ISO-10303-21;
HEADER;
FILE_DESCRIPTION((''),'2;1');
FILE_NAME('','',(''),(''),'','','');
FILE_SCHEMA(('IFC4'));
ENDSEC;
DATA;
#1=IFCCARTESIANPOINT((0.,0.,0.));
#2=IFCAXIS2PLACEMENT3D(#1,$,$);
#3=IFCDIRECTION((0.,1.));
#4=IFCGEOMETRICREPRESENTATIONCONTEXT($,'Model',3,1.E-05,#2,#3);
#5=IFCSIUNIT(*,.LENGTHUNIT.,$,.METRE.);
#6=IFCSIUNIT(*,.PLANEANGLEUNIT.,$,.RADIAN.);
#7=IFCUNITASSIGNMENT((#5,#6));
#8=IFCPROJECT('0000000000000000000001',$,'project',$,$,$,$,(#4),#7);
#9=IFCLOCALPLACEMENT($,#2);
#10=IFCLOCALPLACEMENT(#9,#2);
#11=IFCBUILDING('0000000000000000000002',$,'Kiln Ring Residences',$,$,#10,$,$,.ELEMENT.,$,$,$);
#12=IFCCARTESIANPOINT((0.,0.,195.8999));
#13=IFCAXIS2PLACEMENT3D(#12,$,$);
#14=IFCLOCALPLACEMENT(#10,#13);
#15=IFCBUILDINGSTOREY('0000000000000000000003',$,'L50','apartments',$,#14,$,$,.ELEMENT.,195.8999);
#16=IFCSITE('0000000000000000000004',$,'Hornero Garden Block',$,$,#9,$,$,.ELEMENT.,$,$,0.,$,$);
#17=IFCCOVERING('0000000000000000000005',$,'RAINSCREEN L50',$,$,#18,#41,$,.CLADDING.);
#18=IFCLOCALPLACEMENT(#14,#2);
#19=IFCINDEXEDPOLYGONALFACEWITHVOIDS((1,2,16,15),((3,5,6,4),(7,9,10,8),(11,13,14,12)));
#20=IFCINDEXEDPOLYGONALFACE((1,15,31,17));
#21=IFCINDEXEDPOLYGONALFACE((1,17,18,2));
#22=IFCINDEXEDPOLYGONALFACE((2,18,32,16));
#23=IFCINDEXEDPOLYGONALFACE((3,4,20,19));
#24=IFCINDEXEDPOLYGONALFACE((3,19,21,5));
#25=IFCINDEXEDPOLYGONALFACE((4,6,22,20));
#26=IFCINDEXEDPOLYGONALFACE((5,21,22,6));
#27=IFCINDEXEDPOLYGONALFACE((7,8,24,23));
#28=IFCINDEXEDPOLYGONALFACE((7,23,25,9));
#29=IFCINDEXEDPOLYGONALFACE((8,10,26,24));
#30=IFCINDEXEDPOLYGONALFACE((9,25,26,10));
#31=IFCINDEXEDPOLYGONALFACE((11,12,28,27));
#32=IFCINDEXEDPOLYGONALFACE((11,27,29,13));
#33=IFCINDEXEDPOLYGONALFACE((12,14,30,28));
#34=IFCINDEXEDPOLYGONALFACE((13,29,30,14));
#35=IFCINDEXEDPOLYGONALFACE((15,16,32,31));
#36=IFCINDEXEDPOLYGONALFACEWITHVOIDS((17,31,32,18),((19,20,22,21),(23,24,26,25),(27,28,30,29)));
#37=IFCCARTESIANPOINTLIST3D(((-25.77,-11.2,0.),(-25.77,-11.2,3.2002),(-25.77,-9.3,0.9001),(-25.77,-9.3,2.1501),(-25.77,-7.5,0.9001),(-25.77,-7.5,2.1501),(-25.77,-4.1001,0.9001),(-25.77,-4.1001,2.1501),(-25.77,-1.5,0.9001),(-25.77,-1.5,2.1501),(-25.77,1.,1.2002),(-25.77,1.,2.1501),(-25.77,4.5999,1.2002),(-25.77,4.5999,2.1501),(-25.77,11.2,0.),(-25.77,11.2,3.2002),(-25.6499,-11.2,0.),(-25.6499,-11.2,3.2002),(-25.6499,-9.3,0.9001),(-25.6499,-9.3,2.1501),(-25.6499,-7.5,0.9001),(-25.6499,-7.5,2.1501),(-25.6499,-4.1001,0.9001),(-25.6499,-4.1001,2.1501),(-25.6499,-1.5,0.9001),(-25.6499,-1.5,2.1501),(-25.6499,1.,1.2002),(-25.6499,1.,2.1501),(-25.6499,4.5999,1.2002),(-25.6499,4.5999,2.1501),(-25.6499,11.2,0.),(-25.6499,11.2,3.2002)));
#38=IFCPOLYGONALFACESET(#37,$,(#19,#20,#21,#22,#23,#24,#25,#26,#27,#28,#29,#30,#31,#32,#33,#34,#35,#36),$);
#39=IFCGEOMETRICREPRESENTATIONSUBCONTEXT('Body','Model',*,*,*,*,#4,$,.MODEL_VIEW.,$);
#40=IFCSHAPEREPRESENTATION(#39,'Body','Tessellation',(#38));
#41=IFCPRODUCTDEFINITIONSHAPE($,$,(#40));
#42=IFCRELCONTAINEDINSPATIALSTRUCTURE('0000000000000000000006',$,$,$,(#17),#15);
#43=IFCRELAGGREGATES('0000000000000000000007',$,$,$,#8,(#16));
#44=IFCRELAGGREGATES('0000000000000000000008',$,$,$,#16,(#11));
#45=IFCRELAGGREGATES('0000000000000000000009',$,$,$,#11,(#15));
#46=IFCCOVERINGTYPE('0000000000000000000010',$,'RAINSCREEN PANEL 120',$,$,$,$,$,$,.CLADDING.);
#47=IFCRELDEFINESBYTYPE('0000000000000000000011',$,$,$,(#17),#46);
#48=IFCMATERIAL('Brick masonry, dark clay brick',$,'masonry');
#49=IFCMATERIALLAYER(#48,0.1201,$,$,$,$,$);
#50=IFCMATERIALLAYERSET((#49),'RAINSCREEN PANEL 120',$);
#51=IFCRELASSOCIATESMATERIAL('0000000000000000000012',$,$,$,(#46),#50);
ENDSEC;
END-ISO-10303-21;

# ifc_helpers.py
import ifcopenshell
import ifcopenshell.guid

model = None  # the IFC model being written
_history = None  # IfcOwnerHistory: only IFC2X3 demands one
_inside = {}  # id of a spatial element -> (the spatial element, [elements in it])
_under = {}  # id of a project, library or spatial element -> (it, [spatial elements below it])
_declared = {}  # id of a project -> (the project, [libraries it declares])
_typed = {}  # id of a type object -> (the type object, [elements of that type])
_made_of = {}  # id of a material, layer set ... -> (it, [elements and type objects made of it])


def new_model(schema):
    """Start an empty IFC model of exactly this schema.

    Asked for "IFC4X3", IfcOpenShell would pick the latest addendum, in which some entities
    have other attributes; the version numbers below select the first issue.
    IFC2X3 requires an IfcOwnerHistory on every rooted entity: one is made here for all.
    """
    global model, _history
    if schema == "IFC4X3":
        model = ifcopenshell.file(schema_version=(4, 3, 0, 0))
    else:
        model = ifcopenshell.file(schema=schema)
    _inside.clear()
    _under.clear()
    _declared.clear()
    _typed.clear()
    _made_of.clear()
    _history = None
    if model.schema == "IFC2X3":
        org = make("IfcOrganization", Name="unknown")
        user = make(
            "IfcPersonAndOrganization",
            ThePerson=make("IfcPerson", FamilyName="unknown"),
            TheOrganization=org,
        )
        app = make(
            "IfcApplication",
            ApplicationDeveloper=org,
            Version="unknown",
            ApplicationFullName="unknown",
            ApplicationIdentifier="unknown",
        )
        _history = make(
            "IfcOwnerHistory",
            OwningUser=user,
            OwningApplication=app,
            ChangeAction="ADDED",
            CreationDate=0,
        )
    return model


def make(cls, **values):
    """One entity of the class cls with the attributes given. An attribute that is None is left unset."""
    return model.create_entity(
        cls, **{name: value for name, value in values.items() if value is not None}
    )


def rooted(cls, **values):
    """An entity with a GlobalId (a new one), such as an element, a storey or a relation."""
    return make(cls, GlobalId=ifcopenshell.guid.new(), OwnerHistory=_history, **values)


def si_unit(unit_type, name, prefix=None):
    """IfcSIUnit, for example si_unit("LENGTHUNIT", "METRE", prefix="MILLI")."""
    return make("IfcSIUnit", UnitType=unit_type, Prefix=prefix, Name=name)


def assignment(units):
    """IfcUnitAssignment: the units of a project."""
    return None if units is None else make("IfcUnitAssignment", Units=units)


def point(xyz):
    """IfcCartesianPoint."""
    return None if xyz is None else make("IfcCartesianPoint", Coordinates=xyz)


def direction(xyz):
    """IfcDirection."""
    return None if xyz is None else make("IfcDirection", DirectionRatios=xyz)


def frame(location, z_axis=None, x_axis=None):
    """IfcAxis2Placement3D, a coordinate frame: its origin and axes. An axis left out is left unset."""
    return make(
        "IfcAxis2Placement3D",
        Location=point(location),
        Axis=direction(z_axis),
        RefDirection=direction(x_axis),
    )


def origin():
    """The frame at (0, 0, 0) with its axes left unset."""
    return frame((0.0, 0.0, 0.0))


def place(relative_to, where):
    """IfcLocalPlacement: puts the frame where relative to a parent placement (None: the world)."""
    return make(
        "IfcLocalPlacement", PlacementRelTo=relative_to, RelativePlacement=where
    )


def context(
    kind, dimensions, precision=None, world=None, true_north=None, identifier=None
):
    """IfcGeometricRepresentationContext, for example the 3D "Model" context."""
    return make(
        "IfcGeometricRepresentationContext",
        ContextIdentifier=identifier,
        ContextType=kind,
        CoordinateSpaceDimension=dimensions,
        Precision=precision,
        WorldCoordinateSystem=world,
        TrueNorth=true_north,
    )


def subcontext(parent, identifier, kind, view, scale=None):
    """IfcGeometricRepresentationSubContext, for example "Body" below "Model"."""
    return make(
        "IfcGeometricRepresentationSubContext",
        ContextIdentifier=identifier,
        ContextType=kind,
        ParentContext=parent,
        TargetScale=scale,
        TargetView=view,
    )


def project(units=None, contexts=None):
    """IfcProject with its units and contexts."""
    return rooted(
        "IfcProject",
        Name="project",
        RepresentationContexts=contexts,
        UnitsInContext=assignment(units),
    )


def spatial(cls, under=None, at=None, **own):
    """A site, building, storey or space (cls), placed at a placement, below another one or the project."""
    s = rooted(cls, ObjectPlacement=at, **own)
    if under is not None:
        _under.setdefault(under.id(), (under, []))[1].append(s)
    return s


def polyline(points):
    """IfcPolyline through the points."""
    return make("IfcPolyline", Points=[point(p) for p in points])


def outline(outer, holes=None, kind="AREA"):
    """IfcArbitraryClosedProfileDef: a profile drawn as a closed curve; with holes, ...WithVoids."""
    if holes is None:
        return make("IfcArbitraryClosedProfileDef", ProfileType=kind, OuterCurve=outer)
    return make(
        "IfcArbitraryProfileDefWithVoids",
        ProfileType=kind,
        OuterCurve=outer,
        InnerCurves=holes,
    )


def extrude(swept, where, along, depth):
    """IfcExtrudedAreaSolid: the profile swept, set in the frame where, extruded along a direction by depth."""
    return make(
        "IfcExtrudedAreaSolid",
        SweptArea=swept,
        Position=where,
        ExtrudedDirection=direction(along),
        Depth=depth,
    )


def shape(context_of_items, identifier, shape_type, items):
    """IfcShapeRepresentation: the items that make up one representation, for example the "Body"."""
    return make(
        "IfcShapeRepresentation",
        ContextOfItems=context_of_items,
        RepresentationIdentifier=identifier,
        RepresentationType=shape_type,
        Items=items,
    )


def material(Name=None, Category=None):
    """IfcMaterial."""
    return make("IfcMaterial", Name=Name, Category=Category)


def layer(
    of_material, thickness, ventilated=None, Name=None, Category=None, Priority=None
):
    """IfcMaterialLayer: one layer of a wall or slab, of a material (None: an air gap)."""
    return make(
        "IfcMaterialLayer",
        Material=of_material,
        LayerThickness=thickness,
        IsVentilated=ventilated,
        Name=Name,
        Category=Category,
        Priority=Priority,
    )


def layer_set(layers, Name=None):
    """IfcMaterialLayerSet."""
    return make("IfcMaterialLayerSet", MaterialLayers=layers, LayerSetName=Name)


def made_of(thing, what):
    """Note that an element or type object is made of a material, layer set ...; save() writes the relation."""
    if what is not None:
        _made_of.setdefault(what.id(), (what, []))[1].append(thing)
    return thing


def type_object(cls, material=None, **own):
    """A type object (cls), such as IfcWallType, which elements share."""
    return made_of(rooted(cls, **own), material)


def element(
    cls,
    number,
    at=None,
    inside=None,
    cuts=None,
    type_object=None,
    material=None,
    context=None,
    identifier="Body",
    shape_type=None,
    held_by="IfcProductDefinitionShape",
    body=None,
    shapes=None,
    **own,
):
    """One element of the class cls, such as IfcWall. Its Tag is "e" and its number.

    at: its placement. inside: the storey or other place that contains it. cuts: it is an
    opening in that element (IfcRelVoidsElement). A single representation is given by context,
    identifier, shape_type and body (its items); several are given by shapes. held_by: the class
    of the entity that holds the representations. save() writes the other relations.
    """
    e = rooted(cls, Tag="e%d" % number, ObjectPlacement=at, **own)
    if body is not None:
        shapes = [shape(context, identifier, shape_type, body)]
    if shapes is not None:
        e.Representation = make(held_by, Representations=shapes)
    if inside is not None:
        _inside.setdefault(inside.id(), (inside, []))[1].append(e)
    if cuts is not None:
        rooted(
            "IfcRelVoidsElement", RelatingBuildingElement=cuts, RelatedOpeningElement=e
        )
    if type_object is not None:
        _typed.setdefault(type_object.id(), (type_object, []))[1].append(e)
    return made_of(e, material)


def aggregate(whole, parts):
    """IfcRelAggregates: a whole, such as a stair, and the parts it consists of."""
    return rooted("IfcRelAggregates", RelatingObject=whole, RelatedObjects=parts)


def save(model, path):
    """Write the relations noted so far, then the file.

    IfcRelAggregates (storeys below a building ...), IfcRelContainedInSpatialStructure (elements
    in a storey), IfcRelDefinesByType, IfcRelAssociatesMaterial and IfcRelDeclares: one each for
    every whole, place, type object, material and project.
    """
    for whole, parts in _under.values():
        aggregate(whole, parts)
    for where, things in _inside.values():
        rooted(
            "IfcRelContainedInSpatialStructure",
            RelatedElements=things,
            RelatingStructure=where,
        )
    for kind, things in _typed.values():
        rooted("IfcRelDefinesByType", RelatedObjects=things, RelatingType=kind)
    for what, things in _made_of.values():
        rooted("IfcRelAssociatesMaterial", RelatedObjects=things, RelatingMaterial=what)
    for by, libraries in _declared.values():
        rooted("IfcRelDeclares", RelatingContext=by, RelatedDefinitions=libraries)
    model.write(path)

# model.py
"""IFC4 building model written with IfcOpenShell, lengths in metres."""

from ifc_helpers import new_model, si_unit, direction, frame, origin, place, context, subcontext, project, spatial, polyline, outline, extrude, material, layer, layer_set, type_object, element, save


model = new_model("IFC4")

# Units and contexts
model_context = context("Model", 3, precision=1e-05, world=origin(), true_north=direction((0.0, 1.0)))
body_context = subcontext(model_context, "Body", "Model", "MODEL_VIEW")
ifc_project = project(units=[si_unit("LENGTHUNIT", "METRE"), si_unit("PLANEANGLEUNIT", "RADIAN")], contexts=[model_context])

# Site, building, storey
site_placement = place(None, origin())
site = spatial("IfcSite", under=ifc_project, at=site_placement, Name="Hornero Garden Block", CompositionType="ELEMENT", RefElevation=0.0)
building_placement = place(site_placement, origin())
building = spatial("IfcBuilding", under=site, at=building_placement, Name="Kiln Ring Residences", CompositionType="ELEMENT")
storey_placement = place(building_placement, frame((0.0, 0.0, 195.8999)))
storey = spatial("IfcBuildingStorey", under=building, at=storey_placement, Name="L50", Description="apartments", CompositionType="ELEMENT", Elevation=195.8999)

# Covering
ifc_material_1 = material(Name="Brick masonry, dark clay brick", Category="masonry")
ifc_layer_1 = layer(ifc_material_1, 0.1201)
ifc_layer_set_1 = layer_set([ifc_layer_1], Name="RAINSCREEN PANEL 120")
covering_type = type_object("IfcCoveringType", Name="RAINSCREEN PANEL 120", PredefinedType="CLADDING", material=ifc_layer_set_1)
covering_placement = place(storey_placement, frame((-25.71, 11.2, 0.0), z_axis=(0.0, 0.0, 1.0), x_axis=(0.0, -1.0, 0.0)))
element("IfcCovering", 1, at=covering_placement, inside=storey, type_object=covering_type, Name="RAINSCREEN L50", PredefinedType="CLADDING", context=body_context, shape_type="SweptSolid", body=[
    extrude(outline(polyline([(0.0, 0.0), (22.3999, 0.0), (22.3999, 3.2002), (0.0, 3.2002), (0.0, 0.0)]), holes=[polyline([(15.3, 2.1501), (12.7, 2.1501), (12.7, 0.9001), (15.3, 0.9001), (15.3, 2.1501)]), polyline([(20.5, 0.9001), (20.5, 2.1501), (18.7, 2.1501), (18.7, 0.9001), (20.5, 0.9001)]), polyline([(10.2, 1.2002), (10.2, 2.1501), (6.6001, 2.1501), (6.6001, 1.2002), (10.2, 1.2002)])]), frame((0.0, 0.0601, 0.0), z_axis=(0.0, -1.0, 0.0), x_axis=(1.0, 0.0, 0.0)), (0.0, 0.0, 1.0), 0.1201),
])

save(model, "model.ifc")
